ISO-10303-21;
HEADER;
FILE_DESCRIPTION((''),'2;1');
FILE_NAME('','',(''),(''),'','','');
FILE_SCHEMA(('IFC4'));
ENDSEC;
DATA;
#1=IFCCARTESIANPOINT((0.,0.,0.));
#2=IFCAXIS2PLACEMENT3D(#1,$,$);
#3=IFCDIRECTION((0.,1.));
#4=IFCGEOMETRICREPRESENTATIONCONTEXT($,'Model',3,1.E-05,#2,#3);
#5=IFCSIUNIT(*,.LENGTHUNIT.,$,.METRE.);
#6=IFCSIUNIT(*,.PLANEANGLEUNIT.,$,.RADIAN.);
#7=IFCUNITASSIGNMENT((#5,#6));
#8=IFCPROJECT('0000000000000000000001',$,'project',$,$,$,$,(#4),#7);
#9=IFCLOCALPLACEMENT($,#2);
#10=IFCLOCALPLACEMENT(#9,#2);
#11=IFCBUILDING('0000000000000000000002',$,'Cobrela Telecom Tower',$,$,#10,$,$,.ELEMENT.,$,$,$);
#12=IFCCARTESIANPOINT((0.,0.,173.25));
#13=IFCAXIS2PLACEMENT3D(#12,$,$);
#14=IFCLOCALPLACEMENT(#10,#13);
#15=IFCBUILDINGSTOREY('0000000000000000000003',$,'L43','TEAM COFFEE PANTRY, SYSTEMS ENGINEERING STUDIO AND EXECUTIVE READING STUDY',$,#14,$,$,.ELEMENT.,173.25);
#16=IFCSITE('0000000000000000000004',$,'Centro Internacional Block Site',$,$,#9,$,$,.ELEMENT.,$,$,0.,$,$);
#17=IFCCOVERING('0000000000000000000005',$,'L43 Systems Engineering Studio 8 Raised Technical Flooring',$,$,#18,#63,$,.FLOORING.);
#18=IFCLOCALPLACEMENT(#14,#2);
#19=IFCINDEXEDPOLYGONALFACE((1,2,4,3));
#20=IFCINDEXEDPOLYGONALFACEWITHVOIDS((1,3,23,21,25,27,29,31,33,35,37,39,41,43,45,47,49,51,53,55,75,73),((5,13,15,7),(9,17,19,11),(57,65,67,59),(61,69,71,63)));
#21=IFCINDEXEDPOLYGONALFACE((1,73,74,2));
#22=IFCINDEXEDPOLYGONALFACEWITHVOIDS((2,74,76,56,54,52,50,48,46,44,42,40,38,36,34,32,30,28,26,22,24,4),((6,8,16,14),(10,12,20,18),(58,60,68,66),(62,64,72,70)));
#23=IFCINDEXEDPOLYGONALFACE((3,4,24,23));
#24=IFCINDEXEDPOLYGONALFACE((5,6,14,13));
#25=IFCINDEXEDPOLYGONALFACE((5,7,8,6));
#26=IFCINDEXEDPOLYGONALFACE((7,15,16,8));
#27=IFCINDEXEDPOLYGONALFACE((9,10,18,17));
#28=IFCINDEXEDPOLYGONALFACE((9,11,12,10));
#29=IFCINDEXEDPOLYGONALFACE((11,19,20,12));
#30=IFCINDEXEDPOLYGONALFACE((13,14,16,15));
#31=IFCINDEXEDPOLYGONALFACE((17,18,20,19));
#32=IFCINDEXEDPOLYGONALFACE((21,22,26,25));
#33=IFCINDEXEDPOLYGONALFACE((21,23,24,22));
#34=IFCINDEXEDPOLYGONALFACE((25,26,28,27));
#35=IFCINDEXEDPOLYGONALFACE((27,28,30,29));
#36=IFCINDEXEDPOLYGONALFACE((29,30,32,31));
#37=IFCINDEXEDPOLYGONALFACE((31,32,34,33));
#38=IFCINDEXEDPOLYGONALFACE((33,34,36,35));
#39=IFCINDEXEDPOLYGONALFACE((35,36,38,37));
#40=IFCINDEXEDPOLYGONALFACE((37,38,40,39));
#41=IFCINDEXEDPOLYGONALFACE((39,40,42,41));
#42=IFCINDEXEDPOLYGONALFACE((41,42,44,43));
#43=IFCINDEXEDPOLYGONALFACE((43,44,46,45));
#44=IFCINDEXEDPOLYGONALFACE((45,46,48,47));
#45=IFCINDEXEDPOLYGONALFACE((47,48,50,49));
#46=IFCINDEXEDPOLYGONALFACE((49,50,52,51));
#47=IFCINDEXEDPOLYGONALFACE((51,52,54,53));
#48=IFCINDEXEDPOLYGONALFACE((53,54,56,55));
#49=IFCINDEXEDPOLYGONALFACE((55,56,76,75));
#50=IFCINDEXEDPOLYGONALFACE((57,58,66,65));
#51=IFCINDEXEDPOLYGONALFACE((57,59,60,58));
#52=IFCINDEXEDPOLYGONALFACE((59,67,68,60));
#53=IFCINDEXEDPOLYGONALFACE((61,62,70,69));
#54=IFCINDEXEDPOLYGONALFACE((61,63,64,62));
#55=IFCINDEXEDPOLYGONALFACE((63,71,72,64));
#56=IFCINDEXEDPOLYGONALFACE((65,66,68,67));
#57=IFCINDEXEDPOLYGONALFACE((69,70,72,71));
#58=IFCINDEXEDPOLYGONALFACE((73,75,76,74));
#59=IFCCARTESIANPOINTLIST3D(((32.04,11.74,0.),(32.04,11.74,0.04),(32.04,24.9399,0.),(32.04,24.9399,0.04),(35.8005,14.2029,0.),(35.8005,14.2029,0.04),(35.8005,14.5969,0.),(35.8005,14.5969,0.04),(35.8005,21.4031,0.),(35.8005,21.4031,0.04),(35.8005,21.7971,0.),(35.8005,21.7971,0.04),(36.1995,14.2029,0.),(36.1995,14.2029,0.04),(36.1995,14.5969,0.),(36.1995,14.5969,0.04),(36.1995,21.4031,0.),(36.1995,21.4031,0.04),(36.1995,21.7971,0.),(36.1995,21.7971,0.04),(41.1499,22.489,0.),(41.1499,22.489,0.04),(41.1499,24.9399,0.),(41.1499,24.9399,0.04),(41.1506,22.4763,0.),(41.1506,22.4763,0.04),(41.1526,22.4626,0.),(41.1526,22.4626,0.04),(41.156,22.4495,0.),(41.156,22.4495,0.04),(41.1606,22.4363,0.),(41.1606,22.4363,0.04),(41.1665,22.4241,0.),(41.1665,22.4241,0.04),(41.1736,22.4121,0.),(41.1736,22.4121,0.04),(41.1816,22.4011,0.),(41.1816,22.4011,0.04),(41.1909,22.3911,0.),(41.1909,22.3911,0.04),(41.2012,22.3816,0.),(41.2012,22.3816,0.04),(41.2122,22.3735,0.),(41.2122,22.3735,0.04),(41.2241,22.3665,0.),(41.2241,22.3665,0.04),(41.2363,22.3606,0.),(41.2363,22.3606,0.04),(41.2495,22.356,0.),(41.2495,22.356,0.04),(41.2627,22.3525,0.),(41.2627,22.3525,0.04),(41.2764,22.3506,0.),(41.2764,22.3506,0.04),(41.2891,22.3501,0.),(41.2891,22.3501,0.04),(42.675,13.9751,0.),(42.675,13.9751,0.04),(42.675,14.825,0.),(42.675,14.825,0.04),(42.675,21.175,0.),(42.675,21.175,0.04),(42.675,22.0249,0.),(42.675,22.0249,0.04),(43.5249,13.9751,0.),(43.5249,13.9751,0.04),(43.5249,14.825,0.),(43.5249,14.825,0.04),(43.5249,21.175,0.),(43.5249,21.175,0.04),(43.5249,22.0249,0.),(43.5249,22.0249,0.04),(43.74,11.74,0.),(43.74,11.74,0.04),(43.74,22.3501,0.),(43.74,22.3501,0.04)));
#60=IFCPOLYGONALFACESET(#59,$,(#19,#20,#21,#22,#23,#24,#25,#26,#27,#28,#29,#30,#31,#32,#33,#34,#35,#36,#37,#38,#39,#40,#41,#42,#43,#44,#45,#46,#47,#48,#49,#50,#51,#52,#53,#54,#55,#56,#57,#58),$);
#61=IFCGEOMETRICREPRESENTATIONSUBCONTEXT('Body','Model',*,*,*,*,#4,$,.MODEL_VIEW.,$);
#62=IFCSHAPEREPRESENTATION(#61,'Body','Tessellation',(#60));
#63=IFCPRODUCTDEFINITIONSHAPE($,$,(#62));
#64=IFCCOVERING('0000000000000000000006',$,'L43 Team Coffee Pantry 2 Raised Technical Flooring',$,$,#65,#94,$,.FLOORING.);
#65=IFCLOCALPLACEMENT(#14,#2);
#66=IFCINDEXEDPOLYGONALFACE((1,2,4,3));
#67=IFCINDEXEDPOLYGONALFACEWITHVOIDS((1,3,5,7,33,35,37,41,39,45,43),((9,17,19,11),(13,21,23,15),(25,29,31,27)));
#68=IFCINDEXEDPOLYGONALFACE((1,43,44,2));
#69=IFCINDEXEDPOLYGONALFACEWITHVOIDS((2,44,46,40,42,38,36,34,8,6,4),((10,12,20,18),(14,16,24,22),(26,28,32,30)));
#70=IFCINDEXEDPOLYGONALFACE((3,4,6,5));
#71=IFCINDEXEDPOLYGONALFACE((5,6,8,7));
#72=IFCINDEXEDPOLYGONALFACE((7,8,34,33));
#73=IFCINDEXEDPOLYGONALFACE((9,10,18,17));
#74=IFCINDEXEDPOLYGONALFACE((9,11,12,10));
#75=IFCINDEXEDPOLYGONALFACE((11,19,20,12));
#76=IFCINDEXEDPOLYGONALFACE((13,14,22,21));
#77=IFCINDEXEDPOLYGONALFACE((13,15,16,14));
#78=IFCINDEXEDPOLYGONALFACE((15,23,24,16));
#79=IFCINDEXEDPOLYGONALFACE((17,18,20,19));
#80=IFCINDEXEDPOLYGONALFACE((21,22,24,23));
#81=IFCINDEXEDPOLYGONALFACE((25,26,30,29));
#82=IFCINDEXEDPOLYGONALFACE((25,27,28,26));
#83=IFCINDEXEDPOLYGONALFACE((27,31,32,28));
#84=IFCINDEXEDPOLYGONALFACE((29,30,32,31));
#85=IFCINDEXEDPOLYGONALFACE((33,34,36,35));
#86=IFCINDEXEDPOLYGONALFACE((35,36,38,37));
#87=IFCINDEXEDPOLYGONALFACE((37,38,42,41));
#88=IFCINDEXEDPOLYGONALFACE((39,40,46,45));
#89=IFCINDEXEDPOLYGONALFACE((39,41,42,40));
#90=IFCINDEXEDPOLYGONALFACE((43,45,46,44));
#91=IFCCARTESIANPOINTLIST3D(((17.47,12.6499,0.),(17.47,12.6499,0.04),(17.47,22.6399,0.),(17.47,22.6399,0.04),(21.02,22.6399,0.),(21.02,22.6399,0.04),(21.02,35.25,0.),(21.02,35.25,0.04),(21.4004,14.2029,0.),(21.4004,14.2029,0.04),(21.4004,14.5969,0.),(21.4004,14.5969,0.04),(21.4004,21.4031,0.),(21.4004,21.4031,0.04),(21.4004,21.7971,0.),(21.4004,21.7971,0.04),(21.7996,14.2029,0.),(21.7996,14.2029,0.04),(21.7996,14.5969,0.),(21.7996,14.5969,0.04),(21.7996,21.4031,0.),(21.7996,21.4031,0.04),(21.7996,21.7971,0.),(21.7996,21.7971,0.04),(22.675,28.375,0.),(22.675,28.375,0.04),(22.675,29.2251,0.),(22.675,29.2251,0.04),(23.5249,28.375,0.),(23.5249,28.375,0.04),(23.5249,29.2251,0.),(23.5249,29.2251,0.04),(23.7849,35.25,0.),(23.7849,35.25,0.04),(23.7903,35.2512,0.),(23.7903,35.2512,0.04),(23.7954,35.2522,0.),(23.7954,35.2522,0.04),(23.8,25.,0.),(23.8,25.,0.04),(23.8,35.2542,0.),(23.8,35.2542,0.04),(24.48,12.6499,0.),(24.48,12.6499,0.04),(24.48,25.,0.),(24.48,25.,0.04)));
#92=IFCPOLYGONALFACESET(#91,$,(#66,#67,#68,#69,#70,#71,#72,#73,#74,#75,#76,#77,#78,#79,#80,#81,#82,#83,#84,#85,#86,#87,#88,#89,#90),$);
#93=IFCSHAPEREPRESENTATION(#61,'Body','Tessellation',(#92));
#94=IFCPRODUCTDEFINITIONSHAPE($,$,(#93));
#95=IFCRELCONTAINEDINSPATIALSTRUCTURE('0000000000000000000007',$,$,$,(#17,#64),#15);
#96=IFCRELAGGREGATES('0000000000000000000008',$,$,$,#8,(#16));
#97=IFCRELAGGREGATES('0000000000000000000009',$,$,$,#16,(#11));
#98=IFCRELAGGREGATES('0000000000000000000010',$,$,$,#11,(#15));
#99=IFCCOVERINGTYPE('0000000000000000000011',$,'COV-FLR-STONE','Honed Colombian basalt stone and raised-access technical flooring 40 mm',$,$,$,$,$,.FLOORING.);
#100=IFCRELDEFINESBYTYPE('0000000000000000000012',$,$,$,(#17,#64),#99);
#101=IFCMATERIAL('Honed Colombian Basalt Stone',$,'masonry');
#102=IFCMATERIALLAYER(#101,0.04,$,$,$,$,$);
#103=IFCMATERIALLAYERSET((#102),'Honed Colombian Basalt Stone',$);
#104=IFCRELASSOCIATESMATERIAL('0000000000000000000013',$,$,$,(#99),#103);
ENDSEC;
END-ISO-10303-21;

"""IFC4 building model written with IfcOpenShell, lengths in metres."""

from ifc_helpers import new_model, si_unit, direction, frame, origin, place, context, subcontext, project, spatial, polyline, outline, extrude, material, layer, layer_set, type_object, element, save


model = new_model("IFC4")

# Units and contexts
model_context = context("Model", 3, precision=1e-05, world=origin(), true_north=direction((0.0, 1.0)))
body_context = subcontext(model_context, "Body", "Model", "MODEL_VIEW")
ifc_project = project(units=[si_unit("LENGTHUNIT", "METRE"), si_unit("PLANEANGLEUNIT", "RADIAN")], contexts=[model_context])

# Site, building, storey
site_placement = place(None, origin())
site = spatial("IfcSite", under=ifc_project, at=site_placement, Name="Centro Internacional Block Site", CompositionType="ELEMENT", RefElevation=0.0)
building_placement = place(site_placement, origin())
building = spatial("IfcBuilding", under=site, at=building_placement, Name="Cobrela Telecom Tower", CompositionType="ELEMENT")
storey_placement = place(building_placement, frame((0.0, 0.0, 173.25)))
storey = spatial("IfcBuildingStorey", under=building, at=storey_placement, Name="L43", Description="TEAM COFFEE PANTRY, SYSTEMS ENGINEERING STUDIO AND EXECUTIVE READING STUDY", CompositionType="ELEMENT", Elevation=173.25)

# Coverings
ifc_material_1 = material(Name="Honed Colombian Basalt Stone", Category="masonry")
ifc_layer_1 = layer(ifc_material_1, 0.04)
ifc_layer_set_1 = layer_set([ifc_layer_1], Name="Honed Colombian Basalt Stone")
covering_type_1 = type_object("IfcCoveringType", Name="COV-FLR-STONE", Description="Honed Colombian basalt stone and raised-access technical flooring 40 mm", PredefinedType="FLOORING", material=ifc_layer_set_1)
covering_1_placement = place(storey_placement, origin())
element("IfcCovering", 1, at=covering_1_placement, inside=storey, type_object=covering_type_1, Name="L43 Systems Engineering Studio 8 Raised Technical Flooring", PredefinedType="FLOORING", context=body_context, shape_type="SweptSolid", body=[
    extrude(outline(polyline([(41.1499, 24.9399), (41.1499, 22.489), (41.1506, 22.4763), (41.1526, 22.4626), (41.156, 22.4495), (41.1606, 22.4363), (41.1665, 22.4241), (41.1736, 22.4121), (41.1816, 22.4011), (41.1909, 22.3911), (41.2012, 22.3816), (41.2122, 22.3735), (41.2241, 22.3665), (41.2363, 22.3606), (41.2495, 22.356), (41.2627, 22.3525), (41.2764, 22.3506), (41.2891, 22.3501), (43.74, 22.3501), (43.74, 11.74), (32.04, 11.74), (32.04, 24.9399), (41.1499, 24.9399)]), holes=[polyline([(36.1995, 14.2029), (36.1995, 14.5969), (35.8005, 14.5969), (35.8005, 14.2029), (36.1995, 14.2029)]), polyline([(43.5249, 13.9751), (43.5249, 14.825), (42.675, 14.825), (42.675, 13.9751), (43.5249, 13.9751)]), polyline([(36.1995, 21.4031), (36.1995, 21.7971), (35.8005, 21.7971), (35.8005, 21.4031), (36.1995, 21.4031)]), polyline([(43.5249, 21.175), (43.5249, 22.0249), (42.675, 22.0249), (42.675, 21.175), (43.5249, 21.175)])]), origin(), (0.0, 0.0, 1.0), 0.04),
])
covering_2_placement = place(storey_placement, origin())
element("IfcCovering", 2, at=covering_2_placement, inside=storey, type_object=covering_type_1, Name="L43 Team Coffee Pantry 2 Raised Technical Flooring", PredefinedType="FLOORING", context=body_context, shape_type="SweptSolid", body=[
    extrude(outline(polyline([(21.02, 22.6399), (21.02, 35.25), (23.7849, 35.25), (23.7903, 35.2512), (23.7954, 35.2522), (23.8, 35.2542), (23.8, 25.0), (24.48, 25.0), (24.48, 12.6499), (17.47, 12.6499), (17.47, 22.6399), (21.02, 22.6399)]), holes=[polyline([(21.7996, 14.5969), (21.4004, 14.5969), (21.4004, 14.2029), (21.7996, 14.2029), (21.7996, 14.5969)]), polyline([(21.7996, 21.7971), (21.4004, 21.7971), (21.4004, 21.4031), (21.7996, 21.4031), (21.7996, 21.7971)]), polyline([(23.5249, 29.2251), (22.675, 29.2251), (22.675, 28.375), (23.5249, 28.375), (23.5249, 29.2251)])]), origin(), (0.0, 0.0, 1.0), 0.04),
])

save(model, "model.ifc")
